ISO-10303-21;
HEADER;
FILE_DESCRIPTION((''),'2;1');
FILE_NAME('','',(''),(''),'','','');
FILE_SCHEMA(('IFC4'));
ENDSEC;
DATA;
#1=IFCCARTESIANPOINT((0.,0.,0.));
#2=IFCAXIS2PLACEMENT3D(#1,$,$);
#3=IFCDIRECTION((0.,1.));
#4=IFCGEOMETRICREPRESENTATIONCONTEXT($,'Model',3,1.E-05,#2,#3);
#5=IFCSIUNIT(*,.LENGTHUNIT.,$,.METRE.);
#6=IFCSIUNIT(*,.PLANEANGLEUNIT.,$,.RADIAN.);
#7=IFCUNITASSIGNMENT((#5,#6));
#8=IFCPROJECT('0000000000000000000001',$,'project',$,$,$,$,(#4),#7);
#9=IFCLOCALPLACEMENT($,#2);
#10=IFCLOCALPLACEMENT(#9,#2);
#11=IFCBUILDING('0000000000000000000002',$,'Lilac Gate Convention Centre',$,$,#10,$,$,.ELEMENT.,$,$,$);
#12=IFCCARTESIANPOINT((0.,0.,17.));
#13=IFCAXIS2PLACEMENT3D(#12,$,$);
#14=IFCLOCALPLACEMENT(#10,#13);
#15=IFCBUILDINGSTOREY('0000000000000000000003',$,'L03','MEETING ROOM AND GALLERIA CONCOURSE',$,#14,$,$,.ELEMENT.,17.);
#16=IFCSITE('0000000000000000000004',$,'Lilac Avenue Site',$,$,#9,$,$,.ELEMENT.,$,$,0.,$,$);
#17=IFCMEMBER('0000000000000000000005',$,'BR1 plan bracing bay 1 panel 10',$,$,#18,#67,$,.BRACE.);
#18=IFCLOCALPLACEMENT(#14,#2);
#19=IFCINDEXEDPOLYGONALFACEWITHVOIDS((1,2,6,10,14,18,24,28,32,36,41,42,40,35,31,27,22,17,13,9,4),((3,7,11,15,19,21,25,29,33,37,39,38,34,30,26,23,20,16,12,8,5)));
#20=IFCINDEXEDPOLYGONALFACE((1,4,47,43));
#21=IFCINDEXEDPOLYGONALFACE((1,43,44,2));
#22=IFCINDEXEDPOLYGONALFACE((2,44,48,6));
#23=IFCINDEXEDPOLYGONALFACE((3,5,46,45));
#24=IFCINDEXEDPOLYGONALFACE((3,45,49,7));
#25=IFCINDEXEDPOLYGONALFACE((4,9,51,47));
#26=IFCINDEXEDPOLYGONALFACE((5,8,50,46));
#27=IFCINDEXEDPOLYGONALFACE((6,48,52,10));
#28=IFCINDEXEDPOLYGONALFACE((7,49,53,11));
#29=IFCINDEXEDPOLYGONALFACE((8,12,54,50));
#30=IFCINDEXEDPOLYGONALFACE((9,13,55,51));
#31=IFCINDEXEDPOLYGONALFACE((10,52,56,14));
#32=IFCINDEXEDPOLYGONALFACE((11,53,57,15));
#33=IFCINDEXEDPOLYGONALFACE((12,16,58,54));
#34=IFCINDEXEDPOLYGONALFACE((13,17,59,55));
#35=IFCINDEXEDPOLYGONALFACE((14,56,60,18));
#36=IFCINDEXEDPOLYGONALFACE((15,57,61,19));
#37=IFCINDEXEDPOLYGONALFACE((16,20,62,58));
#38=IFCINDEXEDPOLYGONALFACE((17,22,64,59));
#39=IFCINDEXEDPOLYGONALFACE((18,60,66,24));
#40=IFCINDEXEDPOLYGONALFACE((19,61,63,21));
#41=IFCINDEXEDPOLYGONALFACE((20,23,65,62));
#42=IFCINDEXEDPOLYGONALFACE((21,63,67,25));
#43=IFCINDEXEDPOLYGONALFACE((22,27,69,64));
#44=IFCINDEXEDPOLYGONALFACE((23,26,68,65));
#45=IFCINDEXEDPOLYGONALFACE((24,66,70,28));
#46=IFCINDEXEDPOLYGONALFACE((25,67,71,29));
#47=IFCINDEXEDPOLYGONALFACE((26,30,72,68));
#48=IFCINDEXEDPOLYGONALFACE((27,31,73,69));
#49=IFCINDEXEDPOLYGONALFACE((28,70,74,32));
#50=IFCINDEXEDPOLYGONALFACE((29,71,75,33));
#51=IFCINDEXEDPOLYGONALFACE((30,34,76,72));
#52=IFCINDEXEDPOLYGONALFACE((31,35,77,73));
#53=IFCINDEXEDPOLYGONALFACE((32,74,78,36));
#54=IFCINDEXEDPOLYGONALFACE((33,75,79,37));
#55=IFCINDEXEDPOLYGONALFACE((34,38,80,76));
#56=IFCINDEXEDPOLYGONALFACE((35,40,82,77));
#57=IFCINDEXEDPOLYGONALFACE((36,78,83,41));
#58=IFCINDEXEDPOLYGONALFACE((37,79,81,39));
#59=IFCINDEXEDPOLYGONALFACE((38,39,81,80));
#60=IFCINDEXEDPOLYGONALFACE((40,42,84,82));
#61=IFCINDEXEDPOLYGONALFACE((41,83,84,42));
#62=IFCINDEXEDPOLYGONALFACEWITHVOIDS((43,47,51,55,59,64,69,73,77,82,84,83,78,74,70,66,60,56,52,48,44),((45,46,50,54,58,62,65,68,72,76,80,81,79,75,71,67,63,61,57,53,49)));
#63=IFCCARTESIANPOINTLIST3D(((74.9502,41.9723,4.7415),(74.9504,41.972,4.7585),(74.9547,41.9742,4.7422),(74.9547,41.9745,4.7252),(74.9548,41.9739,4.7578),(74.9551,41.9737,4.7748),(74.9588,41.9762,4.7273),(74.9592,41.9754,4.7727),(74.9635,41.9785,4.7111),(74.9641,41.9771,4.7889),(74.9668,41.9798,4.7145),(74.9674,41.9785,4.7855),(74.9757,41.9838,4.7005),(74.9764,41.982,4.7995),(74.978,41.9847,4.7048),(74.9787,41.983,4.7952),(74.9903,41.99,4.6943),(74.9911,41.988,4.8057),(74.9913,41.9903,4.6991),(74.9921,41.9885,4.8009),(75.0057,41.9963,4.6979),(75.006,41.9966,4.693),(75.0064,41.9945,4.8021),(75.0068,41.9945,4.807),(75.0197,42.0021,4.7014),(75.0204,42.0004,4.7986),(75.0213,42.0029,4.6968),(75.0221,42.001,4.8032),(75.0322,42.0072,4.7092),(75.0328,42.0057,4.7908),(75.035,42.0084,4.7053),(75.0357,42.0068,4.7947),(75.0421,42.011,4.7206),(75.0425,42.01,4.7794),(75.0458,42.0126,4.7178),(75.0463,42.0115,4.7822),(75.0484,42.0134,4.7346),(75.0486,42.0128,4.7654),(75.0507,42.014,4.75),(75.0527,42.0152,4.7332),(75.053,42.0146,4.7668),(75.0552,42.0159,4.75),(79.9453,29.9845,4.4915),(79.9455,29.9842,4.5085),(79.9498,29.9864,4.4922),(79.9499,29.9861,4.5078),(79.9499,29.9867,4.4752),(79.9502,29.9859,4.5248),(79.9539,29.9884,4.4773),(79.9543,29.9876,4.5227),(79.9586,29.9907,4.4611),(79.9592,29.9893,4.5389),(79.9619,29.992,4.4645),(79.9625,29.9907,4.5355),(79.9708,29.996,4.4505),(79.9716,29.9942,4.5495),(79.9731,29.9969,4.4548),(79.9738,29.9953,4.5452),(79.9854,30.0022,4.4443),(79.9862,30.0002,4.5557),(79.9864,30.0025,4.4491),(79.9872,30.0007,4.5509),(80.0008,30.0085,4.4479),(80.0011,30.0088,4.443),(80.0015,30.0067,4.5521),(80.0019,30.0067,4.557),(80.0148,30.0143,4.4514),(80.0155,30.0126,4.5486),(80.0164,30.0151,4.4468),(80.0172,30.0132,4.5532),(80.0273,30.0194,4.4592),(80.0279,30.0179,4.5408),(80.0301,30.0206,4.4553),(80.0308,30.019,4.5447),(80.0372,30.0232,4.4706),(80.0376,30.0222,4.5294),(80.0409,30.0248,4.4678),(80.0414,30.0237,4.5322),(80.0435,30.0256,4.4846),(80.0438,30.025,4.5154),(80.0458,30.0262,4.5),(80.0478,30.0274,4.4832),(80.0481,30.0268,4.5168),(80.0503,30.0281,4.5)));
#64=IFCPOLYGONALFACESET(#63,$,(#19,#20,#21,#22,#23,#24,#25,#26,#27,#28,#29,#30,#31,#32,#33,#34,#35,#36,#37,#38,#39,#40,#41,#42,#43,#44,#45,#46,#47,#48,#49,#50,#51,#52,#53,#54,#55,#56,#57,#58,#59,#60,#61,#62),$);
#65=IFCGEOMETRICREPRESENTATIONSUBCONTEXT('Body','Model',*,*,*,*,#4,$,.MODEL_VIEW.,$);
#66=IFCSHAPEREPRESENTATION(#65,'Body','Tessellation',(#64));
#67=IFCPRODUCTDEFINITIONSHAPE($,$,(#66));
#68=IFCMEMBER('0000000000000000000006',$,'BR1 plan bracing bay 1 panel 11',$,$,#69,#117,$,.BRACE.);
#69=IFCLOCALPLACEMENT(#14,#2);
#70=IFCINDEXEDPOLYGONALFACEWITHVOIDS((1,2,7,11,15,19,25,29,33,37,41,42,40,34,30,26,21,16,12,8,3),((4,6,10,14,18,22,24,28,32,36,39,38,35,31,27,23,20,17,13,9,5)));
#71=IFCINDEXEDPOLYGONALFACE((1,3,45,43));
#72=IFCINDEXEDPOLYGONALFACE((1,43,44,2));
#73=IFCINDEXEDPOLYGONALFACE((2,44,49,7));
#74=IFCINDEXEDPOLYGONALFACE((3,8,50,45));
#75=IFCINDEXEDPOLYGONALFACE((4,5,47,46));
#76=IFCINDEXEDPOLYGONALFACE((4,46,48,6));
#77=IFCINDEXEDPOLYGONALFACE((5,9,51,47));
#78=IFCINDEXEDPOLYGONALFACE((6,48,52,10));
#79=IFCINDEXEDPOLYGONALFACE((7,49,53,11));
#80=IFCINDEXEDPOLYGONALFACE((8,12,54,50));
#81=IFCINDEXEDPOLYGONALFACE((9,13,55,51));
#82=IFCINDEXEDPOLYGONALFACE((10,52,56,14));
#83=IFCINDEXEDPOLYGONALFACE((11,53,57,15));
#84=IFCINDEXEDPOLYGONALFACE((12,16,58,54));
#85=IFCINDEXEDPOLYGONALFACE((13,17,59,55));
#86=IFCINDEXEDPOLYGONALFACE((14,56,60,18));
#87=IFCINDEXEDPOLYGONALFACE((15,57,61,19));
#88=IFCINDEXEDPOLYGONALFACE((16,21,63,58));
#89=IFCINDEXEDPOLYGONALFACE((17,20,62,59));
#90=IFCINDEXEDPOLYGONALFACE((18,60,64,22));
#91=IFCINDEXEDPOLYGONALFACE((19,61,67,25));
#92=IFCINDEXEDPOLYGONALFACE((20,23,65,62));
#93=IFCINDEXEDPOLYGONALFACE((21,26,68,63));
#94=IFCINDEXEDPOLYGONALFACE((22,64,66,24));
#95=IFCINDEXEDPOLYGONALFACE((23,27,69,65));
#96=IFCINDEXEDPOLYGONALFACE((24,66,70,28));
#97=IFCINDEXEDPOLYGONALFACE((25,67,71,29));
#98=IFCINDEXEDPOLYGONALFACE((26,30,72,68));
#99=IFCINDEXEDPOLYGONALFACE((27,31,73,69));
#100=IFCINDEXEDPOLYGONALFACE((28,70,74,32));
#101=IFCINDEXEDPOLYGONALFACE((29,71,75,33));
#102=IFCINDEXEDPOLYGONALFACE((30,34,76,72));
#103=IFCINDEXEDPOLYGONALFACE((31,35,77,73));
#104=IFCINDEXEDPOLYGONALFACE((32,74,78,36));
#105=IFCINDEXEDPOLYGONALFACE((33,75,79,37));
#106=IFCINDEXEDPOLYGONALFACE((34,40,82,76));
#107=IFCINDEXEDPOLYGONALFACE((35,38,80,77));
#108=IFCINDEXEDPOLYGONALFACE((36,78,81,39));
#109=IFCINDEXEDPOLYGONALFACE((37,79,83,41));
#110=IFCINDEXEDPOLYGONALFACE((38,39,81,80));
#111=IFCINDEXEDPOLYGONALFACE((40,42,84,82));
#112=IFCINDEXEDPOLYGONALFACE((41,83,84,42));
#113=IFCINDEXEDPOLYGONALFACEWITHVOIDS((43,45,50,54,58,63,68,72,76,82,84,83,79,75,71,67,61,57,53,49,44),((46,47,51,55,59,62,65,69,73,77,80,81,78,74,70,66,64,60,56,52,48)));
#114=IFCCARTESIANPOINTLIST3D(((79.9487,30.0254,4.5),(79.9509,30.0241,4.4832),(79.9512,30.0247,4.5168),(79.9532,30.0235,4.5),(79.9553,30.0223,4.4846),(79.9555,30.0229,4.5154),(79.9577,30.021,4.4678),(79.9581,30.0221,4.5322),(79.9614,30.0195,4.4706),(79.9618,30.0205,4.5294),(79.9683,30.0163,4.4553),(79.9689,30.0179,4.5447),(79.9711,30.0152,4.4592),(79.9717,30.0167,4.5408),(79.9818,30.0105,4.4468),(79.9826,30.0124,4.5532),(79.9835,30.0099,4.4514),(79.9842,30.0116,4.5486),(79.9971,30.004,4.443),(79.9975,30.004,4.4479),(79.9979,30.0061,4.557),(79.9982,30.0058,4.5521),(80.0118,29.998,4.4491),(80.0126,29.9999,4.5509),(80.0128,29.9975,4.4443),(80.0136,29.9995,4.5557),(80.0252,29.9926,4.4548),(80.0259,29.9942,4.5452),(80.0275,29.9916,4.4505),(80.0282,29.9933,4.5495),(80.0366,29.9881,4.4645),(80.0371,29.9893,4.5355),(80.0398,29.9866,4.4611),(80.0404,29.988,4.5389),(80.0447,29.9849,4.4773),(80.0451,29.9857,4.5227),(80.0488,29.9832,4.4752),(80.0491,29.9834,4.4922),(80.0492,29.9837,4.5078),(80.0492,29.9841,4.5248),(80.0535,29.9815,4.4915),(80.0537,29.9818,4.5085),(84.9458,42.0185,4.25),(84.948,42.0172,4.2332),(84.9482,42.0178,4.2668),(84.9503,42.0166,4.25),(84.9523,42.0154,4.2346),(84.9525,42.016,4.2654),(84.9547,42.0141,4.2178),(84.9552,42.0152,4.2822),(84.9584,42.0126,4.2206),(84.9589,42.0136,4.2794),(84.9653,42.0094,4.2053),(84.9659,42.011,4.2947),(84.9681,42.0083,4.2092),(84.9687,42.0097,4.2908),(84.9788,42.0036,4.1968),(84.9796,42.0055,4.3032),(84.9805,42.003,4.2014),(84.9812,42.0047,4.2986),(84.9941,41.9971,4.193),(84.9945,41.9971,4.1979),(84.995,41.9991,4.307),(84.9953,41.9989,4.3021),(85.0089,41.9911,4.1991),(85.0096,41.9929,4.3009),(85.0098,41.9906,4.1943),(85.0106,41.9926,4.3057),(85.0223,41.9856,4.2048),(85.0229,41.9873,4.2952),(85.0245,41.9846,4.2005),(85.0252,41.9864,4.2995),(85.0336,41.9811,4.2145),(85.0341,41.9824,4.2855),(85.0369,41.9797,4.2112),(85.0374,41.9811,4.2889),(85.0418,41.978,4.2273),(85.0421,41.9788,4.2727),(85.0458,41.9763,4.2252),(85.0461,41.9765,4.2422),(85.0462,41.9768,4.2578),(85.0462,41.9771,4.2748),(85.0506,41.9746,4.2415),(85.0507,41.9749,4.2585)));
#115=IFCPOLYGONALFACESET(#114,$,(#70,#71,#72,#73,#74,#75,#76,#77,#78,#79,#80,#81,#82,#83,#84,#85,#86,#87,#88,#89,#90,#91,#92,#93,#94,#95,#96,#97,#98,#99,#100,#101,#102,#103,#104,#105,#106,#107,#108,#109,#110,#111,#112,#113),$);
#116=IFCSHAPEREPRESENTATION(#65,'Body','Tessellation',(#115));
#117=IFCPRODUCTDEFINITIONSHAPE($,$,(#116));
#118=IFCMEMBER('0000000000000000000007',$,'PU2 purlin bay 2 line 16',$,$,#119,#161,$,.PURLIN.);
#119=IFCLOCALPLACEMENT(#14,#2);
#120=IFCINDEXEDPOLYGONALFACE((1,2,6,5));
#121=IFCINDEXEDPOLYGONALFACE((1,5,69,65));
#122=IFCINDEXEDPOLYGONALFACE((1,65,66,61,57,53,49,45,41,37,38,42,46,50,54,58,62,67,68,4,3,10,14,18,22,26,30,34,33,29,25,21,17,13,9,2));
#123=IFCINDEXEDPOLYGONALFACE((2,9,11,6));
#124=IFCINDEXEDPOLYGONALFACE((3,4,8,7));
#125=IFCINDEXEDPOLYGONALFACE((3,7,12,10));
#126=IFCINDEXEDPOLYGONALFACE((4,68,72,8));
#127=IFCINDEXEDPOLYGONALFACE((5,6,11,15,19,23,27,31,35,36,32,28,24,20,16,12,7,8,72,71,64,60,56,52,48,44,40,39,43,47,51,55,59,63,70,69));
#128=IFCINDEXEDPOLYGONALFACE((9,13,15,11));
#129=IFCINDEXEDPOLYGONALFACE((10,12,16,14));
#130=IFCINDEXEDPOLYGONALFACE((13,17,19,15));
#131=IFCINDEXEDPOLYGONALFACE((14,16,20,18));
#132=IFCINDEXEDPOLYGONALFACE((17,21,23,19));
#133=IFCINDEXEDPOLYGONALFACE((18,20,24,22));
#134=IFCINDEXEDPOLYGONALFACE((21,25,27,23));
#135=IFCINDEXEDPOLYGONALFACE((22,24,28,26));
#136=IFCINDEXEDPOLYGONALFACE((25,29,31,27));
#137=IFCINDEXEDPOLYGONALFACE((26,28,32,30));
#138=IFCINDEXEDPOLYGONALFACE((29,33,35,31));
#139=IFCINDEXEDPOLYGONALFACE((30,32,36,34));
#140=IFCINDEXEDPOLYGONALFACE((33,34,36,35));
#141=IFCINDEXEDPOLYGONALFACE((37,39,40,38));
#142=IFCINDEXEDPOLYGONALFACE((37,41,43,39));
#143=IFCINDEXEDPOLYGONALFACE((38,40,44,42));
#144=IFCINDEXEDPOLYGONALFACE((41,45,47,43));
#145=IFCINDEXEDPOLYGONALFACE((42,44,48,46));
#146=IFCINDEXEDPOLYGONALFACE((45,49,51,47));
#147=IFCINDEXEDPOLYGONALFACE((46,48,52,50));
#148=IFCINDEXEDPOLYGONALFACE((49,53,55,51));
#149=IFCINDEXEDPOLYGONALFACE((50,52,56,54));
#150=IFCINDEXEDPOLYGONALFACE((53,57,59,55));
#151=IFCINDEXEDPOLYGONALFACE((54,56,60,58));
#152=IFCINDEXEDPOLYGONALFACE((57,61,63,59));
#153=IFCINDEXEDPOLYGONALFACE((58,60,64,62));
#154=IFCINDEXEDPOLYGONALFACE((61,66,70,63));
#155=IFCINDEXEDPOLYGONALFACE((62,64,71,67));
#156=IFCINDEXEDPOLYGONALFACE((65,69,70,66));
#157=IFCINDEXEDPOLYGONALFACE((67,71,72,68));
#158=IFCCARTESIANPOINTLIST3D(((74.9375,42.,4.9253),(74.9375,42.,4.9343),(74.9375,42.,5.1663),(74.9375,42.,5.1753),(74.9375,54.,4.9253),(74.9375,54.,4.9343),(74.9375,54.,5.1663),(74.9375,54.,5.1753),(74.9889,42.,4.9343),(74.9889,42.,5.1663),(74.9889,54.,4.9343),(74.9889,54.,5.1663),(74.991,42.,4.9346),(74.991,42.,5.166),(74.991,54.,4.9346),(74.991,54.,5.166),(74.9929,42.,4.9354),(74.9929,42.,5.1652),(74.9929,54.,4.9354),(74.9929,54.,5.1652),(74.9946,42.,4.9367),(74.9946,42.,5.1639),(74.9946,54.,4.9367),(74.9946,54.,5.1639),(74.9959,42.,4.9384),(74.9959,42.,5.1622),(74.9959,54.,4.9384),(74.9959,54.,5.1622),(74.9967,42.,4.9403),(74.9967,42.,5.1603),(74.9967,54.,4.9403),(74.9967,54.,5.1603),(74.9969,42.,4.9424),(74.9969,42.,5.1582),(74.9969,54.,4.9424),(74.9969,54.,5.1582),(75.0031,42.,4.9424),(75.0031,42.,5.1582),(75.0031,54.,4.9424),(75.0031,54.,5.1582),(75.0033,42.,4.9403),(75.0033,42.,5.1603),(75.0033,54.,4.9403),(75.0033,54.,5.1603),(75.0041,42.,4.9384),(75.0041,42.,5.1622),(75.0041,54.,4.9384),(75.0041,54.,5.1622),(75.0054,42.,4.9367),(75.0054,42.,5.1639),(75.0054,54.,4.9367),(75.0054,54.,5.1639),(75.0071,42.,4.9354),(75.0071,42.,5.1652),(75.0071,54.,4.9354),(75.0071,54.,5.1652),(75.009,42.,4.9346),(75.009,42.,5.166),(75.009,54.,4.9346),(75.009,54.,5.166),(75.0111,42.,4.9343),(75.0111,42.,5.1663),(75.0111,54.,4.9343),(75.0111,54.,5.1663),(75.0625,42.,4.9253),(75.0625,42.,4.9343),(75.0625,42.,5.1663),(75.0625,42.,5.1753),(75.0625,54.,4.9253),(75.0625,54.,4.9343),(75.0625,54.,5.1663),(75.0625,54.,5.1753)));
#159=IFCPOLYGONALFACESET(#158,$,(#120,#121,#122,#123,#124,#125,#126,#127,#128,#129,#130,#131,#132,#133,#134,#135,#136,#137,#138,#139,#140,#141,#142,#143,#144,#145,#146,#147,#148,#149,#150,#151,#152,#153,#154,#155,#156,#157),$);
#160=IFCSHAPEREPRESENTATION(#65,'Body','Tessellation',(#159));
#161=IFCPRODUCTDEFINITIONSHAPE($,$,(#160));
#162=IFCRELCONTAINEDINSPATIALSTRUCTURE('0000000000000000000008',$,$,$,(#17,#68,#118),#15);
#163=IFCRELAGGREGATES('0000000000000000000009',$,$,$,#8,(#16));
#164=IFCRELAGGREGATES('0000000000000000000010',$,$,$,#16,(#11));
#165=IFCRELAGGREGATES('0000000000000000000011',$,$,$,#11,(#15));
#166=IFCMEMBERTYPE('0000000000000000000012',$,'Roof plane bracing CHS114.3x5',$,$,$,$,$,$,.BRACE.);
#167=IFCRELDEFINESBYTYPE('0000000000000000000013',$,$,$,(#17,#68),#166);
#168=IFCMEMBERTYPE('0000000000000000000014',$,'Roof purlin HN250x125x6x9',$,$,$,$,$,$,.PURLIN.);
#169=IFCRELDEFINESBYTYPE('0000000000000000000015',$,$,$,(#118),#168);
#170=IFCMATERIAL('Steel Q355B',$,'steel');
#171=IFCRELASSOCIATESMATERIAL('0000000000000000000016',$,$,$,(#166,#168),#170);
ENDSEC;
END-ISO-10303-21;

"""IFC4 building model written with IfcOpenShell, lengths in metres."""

from ifc_helpers import new_model, si_unit, direction, frame, origin, origin_2d, place, context, subcontext, project, spatial, hollow_circle, i_section, extrude, material, material_profile, profile_set, type_object, element, save


model = new_model("IFC4")

# Units and contexts
model_context = context("Model", 3, precision=1e-05, world=origin(), true_north=direction((0.0, 1.0)))
body_context = subcontext(model_context, "Body", "Model", "MODEL_VIEW")
ifc_project = project(units=[si_unit("LENGTHUNIT", "METRE"), si_unit("PLANEANGLEUNIT", "RADIAN")], contexts=[model_context])

# Site, building, storey
site_placement = place(None, origin())
site = spatial("IfcSite", under=ifc_project, at=site_placement, Name="Lilac Avenue Site", CompositionType="ELEMENT", RefElevation=0.0)
building_placement = place(site_placement, origin())
building = spatial("IfcBuilding", under=site, at=building_placement, Name="Lilac Gate Convention Centre", CompositionType="ELEMENT")
storey_placement = place(building_placement, frame((0.0, 0.0, 17.0)))
storey = spatial("IfcBuildingStorey", under=building, at=storey_placement, Name="L03", Description="MEETING ROOM AND GALLERIA CONCOURSE", CompositionType="ELEMENT", Elevation=17.0)

# Members
ifc_material = material(Name="Steel Q355B", Category="steel")
ifc_material_profile_1 = material_profile(ifc_material, hollow_circle(Radius=0.0571, WallThickness=0.0049, at=origin_2d()), Name="CHS114.3x5")
ifc_profile_set_1 = profile_set([ifc_material_profile_1], Name="Steel Q355B")
member_type_1 = type_object("IfcMemberType", Name="Roof plane bracing CHS114.3x5", PredefinedType="BRACE", material=ifc_profile_set_1)
member_1_placement = place(storey_placement, frame((75.0024, 41.9939, 4.75), z_axis=(0.384557, -0.9229, -0.019247), x_axis=(0.923071, 0.384629, 0.0)))
element("IfcMember", 1, at=member_1_placement, inside=storey, type_object=member_type_1, Name="BR1 plan bracing bay 1 panel 10", PredefinedType="BRACE", context=body_context, shape_type="SweptSolid", body=[
    extrude(hollow_circle(Radius=0.0571, WallThickness=0.0049, at=origin_2d()), origin(), (0.0, 0.0, 1.0), 12.9893),
])
member_2_placement = place(storey_placement, frame((80.0015, 30.0034, 4.5), z_axis=(0.384539, 0.922908, -0.019238), x_axis=(-0.923079, 0.38461, 0.0)))
element("IfcMember", 2, at=member_2_placement, inside=storey, type_object=member_type_1, Name="BR1 plan bracing bay 1 panel 11", PredefinedType="BRACE", context=body_context, shape_type="SweptSolid", body=[
    extrude(hollow_circle(Radius=0.0571, WallThickness=0.0049, at=origin_2d()), origin(), (0.0, 0.0, 1.0), 12.9949),
])
ifc_material_profile_2 = material_profile(ifc_material, i_section(OverallWidth=0.125, OverallDepth=0.25, WebThickness=0.0061, FlangeThickness=0.009, FilletRadius=0.0081, at=origin_2d()), Name="HN250x125x6x9")
ifc_profile_set_2 = profile_set([ifc_material_profile_2], Name="Steel Q355B")
member_type_2 = type_object("IfcMemberType", Name="Roof purlin HN250x125x6x9", PredefinedType="PURLIN", material=ifc_profile_set_2)
for number, where, z_axis, x_axis, name in (
    (3, (75.0, 42.0, 5.0503), (0.0, 1.0, 0.0), (-1.0, 0.0, 0.0), "PU2 purlin bay 2 line 16"),
):
    element("IfcMember", number, at=place(storey_placement, frame(where, z_axis=z_axis, x_axis=x_axis)), inside=storey, type_object=member_type_2, Name=name, PredefinedType="PURLIN", context=body_context, shape_type="SweptSolid", body=[
        extrude(i_section(OverallWidth=0.125, OverallDepth=0.25, WebThickness=0.0061, FlangeThickness=0.009, FilletRadius=0.0081, at=origin_2d()), origin(), (0.0, 0.0, 1.0), 12.0),
    ])

save(model, "model.ifc")
